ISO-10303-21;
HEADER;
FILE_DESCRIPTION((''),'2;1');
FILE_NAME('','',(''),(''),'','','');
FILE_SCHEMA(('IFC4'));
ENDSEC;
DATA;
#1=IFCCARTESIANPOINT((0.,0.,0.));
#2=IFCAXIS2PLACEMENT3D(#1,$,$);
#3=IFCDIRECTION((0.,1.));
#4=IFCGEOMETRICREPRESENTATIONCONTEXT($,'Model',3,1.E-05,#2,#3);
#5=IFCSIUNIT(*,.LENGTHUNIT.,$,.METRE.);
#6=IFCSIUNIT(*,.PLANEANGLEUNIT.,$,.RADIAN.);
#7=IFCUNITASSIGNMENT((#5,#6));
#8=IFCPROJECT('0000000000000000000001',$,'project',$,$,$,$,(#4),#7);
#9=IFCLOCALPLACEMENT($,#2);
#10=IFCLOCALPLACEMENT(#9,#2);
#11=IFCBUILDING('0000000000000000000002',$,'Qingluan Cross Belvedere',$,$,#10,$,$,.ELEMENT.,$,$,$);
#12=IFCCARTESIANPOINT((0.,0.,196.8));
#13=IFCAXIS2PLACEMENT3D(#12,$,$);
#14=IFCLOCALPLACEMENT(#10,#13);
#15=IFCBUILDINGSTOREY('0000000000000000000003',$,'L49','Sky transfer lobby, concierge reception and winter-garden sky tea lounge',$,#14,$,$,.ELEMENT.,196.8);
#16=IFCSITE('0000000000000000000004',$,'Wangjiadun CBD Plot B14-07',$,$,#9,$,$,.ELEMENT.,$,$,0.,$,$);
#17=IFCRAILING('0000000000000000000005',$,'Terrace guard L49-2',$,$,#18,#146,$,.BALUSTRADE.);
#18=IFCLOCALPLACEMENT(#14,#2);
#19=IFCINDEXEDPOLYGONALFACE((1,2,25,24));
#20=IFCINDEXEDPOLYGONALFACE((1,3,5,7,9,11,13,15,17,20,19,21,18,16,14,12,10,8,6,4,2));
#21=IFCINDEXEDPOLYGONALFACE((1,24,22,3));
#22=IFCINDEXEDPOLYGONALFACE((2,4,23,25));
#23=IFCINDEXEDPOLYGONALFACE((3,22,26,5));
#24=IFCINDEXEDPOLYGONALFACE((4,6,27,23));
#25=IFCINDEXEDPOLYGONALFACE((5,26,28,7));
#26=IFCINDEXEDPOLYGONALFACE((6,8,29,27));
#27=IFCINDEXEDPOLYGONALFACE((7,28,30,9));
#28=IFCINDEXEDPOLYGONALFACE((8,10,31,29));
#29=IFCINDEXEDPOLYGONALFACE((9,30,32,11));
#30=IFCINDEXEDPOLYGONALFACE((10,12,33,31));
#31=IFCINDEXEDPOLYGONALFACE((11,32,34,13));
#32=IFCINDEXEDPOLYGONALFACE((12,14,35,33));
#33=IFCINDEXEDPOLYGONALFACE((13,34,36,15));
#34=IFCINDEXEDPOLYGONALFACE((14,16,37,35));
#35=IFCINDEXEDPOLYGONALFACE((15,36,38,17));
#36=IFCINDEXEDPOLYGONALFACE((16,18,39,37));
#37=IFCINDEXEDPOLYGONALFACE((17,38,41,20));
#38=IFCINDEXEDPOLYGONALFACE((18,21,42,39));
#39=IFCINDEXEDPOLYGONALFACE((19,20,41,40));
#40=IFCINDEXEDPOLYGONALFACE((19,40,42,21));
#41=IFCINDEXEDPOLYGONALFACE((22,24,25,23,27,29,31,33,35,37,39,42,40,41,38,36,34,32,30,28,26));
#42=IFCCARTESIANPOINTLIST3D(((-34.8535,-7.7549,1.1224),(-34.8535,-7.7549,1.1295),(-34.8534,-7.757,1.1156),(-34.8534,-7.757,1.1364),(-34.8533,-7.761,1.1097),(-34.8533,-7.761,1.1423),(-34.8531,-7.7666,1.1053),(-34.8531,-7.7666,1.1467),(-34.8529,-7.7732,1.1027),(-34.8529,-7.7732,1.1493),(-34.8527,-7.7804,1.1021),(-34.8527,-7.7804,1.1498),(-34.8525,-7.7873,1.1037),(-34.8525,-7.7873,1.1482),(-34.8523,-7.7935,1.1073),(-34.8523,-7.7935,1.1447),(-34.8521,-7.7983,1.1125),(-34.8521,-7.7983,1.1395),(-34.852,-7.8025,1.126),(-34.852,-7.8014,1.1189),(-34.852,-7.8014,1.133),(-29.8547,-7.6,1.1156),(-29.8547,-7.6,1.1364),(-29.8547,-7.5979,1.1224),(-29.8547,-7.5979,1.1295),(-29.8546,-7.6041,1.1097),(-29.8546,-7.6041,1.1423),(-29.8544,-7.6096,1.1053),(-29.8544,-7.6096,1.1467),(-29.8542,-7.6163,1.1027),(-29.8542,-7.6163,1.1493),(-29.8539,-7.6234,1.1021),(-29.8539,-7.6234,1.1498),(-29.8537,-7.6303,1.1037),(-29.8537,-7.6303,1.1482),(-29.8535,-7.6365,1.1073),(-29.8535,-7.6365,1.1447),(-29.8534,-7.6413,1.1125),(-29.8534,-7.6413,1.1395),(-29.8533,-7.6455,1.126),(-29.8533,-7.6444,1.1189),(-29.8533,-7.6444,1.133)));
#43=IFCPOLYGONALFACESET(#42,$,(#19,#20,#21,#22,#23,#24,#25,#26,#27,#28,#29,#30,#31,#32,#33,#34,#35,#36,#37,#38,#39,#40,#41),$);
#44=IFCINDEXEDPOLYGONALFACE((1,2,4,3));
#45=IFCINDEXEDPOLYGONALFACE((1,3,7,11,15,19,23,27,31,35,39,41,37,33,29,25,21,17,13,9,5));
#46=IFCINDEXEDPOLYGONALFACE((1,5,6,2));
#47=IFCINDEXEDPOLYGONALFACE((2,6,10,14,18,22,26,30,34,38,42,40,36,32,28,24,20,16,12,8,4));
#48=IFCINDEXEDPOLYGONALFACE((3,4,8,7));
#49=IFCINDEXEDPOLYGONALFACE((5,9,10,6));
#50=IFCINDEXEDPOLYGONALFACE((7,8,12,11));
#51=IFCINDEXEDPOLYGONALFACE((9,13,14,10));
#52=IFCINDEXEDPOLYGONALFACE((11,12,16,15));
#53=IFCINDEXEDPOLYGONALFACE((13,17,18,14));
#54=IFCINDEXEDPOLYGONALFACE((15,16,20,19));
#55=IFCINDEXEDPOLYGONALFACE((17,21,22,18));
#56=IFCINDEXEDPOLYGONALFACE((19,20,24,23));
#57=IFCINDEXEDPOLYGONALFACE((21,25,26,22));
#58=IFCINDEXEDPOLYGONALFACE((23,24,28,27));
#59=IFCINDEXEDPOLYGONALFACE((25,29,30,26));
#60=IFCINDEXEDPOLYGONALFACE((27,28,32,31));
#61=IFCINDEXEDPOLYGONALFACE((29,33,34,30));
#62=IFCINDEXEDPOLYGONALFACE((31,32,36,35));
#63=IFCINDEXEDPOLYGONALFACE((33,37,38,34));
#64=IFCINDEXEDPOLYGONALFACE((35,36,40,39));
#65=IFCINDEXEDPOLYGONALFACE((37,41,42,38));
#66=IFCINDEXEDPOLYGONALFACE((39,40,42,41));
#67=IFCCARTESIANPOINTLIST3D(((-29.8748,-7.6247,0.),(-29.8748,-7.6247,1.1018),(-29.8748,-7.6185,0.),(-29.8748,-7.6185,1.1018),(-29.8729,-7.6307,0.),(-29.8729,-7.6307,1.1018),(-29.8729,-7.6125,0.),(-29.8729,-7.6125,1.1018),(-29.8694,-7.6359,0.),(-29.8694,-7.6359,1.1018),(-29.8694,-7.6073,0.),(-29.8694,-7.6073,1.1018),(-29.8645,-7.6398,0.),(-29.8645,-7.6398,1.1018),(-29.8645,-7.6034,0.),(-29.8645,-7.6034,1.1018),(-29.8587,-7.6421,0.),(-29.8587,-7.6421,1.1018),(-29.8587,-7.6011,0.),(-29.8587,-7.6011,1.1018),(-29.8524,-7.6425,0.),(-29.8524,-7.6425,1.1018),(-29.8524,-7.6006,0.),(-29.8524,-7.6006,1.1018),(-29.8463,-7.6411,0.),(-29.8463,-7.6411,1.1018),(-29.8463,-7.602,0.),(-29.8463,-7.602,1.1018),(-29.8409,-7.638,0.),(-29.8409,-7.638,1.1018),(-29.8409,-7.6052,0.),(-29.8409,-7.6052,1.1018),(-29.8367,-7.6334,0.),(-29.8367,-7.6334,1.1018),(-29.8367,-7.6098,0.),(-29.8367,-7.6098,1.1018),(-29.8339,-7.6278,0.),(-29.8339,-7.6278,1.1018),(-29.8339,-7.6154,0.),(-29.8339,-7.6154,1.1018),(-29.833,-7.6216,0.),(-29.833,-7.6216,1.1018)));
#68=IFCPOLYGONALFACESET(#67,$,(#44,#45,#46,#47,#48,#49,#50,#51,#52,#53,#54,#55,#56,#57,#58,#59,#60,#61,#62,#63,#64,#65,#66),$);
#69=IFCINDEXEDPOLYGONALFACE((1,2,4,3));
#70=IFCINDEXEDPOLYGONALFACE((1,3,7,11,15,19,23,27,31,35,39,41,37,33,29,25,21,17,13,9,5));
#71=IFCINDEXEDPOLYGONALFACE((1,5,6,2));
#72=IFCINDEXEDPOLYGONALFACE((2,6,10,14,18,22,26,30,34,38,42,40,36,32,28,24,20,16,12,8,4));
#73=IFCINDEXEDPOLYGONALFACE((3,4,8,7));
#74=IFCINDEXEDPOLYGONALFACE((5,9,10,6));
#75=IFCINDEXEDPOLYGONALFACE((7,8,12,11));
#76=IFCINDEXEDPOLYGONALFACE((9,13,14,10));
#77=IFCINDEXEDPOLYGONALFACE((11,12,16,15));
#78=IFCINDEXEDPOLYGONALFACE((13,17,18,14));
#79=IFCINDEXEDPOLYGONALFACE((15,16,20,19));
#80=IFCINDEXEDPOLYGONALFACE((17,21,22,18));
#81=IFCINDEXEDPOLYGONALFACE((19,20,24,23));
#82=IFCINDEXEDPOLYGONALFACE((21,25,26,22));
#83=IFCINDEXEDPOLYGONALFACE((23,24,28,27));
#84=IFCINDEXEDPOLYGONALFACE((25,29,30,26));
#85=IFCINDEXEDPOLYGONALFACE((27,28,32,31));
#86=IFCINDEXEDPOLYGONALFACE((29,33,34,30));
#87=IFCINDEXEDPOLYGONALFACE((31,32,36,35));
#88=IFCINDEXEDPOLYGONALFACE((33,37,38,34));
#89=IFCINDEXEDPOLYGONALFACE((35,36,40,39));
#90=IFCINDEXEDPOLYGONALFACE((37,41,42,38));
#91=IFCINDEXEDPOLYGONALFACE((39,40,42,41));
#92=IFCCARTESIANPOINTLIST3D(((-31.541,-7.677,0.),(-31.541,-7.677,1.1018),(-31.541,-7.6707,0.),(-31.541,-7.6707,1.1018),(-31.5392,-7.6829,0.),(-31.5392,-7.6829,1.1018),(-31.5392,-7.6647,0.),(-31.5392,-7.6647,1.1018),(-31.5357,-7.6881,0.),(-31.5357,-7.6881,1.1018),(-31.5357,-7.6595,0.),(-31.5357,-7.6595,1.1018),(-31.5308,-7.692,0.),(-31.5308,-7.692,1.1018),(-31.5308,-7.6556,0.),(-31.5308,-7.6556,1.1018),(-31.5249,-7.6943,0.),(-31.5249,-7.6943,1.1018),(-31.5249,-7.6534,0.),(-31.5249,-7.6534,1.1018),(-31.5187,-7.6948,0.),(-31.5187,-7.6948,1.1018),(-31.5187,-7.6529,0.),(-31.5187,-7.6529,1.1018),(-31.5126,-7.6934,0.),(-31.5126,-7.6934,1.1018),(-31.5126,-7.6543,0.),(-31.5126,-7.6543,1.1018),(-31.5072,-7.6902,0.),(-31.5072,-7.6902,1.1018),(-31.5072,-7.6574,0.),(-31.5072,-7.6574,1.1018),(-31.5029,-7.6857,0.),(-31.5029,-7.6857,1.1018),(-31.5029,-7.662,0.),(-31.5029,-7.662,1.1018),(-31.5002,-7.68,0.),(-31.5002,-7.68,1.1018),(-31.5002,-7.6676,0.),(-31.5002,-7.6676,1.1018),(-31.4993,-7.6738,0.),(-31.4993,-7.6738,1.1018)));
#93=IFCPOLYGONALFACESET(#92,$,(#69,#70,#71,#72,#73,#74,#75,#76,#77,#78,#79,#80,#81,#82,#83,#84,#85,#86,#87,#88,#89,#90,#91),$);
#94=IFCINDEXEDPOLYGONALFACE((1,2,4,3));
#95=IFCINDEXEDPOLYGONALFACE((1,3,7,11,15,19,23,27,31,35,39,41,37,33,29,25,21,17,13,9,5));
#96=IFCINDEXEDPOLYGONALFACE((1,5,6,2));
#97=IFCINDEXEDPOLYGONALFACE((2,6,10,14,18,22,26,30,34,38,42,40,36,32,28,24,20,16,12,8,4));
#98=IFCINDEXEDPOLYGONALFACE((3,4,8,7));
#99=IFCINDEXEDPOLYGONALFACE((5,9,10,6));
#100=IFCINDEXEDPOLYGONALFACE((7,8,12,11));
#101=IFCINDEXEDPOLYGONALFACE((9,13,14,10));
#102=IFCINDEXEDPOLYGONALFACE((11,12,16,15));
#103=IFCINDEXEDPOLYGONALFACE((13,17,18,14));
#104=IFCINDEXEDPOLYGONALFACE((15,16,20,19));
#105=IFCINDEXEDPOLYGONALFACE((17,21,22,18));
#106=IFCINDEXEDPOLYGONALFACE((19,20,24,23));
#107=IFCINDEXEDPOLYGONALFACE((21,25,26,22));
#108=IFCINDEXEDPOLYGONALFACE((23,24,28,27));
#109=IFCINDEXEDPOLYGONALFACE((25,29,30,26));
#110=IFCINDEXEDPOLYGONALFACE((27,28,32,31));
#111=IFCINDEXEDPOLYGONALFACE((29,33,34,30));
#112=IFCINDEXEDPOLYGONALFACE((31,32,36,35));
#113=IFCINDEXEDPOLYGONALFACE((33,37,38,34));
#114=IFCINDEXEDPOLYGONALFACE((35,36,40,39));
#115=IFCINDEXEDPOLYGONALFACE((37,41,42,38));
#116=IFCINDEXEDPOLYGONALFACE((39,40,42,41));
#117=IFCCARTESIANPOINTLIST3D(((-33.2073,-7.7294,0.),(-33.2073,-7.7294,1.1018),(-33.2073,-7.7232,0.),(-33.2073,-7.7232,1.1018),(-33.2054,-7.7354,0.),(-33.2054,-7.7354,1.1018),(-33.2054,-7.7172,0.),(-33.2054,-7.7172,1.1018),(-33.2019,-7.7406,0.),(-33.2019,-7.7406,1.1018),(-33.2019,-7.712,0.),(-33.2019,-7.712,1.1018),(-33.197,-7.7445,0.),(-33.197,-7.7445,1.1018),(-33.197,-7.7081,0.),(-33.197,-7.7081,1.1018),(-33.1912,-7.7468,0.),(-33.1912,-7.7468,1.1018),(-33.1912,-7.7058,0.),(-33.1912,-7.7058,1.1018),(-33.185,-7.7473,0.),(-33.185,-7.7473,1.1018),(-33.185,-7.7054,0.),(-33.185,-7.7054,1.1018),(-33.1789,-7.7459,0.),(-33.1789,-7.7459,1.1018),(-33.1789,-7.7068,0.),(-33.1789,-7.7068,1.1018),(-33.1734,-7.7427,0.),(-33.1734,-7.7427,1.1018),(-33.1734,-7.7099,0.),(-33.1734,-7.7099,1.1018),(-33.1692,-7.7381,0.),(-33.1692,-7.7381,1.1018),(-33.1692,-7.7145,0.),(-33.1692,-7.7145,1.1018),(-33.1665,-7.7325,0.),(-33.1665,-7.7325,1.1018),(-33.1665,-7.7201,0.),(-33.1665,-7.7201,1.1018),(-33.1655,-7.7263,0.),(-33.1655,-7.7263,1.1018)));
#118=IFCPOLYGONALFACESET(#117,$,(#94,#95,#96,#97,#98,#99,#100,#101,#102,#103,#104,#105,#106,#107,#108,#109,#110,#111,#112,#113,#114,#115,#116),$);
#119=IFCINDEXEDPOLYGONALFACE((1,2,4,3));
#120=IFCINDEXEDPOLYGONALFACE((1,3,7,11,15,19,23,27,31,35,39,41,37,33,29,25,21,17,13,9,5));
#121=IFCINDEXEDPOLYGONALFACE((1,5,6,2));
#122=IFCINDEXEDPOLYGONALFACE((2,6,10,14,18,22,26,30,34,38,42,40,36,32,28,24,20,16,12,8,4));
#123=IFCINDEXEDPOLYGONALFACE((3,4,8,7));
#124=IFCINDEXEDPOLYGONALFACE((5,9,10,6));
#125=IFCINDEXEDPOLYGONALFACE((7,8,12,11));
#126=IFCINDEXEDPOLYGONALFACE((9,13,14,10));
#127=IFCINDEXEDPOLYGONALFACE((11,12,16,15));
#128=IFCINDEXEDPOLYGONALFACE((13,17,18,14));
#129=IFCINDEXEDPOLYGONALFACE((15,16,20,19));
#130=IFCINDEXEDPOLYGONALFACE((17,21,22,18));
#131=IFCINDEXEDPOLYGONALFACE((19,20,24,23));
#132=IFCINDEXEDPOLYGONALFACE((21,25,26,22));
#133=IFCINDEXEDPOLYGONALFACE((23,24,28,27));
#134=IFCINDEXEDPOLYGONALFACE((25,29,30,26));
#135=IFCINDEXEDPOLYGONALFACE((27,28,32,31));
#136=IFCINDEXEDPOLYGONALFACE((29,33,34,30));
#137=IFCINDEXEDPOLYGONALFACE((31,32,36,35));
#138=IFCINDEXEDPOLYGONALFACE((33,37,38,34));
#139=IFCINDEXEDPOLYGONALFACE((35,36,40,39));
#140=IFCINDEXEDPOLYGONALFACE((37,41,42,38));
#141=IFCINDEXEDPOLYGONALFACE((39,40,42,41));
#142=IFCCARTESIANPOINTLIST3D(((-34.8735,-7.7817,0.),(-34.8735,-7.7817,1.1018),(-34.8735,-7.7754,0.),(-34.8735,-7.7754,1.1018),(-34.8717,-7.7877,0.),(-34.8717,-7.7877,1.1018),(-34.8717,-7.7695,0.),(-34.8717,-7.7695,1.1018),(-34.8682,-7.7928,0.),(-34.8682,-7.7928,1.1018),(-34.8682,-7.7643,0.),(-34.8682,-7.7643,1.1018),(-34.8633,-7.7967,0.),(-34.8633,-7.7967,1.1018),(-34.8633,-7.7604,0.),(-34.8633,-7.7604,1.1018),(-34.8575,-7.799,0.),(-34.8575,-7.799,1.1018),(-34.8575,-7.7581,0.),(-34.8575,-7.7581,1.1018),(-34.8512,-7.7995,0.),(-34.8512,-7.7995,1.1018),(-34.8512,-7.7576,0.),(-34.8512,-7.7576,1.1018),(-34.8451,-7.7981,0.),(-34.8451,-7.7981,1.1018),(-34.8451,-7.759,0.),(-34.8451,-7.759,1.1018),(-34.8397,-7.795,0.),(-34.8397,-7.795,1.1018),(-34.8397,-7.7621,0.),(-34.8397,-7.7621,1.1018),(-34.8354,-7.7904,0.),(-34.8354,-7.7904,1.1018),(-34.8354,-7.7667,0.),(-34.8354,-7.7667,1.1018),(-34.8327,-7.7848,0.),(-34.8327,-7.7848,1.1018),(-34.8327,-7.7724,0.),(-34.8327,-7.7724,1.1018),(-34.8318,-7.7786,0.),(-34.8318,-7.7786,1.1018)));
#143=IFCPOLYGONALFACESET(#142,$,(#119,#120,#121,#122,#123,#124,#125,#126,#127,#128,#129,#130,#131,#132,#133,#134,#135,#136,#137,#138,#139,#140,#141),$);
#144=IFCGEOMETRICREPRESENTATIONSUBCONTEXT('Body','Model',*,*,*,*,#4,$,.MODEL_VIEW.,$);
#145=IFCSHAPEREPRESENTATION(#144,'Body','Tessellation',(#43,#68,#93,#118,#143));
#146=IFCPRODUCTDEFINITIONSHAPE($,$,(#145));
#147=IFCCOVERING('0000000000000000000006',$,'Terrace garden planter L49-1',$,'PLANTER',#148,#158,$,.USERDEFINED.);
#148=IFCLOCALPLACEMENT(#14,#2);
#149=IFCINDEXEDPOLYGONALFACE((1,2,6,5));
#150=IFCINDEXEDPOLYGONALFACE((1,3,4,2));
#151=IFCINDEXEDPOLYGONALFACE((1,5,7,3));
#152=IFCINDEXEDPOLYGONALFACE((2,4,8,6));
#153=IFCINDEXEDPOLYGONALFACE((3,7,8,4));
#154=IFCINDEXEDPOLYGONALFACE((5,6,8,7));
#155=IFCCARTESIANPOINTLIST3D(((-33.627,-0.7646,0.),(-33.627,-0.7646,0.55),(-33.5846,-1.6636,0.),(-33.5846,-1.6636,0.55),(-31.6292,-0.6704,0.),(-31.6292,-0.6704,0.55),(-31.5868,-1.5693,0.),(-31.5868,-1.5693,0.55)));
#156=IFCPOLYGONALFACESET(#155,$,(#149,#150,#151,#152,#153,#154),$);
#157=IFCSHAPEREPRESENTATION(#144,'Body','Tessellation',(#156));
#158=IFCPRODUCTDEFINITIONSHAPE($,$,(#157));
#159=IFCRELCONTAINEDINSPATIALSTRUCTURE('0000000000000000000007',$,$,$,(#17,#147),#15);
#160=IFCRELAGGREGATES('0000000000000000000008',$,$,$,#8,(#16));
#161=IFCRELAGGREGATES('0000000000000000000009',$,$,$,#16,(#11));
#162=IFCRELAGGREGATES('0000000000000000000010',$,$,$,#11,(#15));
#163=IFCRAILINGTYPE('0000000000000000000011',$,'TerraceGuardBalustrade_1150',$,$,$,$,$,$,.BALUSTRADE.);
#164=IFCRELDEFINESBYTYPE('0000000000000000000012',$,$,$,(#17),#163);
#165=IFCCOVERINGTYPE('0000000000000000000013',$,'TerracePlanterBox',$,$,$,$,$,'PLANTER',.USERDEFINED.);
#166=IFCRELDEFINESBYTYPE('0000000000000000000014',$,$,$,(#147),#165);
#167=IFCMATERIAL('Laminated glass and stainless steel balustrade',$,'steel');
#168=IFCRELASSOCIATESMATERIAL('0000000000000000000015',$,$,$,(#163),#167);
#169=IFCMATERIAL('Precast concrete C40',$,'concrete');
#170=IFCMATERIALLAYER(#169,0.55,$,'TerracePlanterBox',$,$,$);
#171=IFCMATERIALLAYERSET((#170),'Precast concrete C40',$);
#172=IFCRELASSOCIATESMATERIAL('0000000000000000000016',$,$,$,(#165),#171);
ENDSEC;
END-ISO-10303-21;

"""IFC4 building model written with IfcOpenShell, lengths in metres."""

from ifc_helpers import new_model, si_unit, direction, frame, origin, origin_2d, place, context, subcontext, project, spatial, rectangle, circle, extrude, material, layer, layer_set, type_object, element, save


model = new_model("IFC4")

# Units and contexts
model_context = context("Model", 3, precision=1e-05, world=origin(), true_north=direction((0.0, 1.0)))
body_context = subcontext(model_context, "Body", "Model", "MODEL_VIEW")
ifc_project = project(units=[si_unit("LENGTHUNIT", "METRE"), si_unit("PLANEANGLEUNIT", "RADIAN")], contexts=[model_context])

# Site, building, storey
site_placement = place(None, origin())
site = spatial("IfcSite", under=ifc_project, at=site_placement, Name="Wangjiadun CBD Plot B14-07", CompositionType="ELEMENT", RefElevation=0.0)
building_placement = place(site_placement, origin())
building = spatial("IfcBuilding", under=site, at=building_placement, Name="Qingluan Cross Belvedere", CompositionType="ELEMENT")
storey_placement = place(building_placement, frame((0.0, 0.0, 196.8)))
storey = spatial("IfcBuildingStorey", under=building, at=storey_placement, Name="L49", Description="Sky transfer lobby, concierge reception and winter-garden sky tea lounge", CompositionType="ELEMENT", Elevation=196.8)

# Railing
ifc_material_1 = material(Name="Laminated glass and stainless steel balustrade", Category="steel")
railing_type = type_object("IfcRailingType", Name="TerraceGuardBalustrade_1150", PredefinedType="BALUSTRADE", material=ifc_material_1)
railing_1_placement = place(storey_placement, frame((-29.854, -7.6216, 0.0)))
element("IfcRailing", 1, at=railing_1_placement, inside=storey, type_object=railing_type, Name="Terrace guard L49-2", PredefinedType="BALUSTRADE", context=body_context, shape_type="SweptSolid", body=[
    extrude(circle(Radius=0.0239, at=origin_2d()), frame((0.0, 0.0, 1.126), z_axis=(-0.999507, -0.031389, 0.0), x_axis=(0.031389, -0.999507, 0.0)), (0.0, 0.0, 1.0), 5.0012),
    extrude(circle(Radius=0.021, at=origin_2d()), origin(), (0.0, 0.0, 1.0), 1.1018),
    extrude(circle(Radius=0.021, at=origin_2d()), frame((-1.6663, -0.0522, 0.0)), (0.0, 0.0, 1.0), 1.1018),
    extrude(circle(Radius=0.021, at=origin_2d()), frame((-3.3325, -0.1047, 0.0)), (0.0, 0.0, 1.0), 1.1018),
    extrude(circle(Radius=0.021, at=origin_2d()), frame((-4.9988, -0.157, 0.0)), (0.0, 0.0, 1.0), 1.1018),
])

# Covering
ifc_material_2 = material(Name="Precast concrete C40", Category="concrete")
ifc_layer_1 = layer(ifc_material_2, 0.55, Name="TerracePlanterBox")
ifc_layer_set_1 = layer_set([ifc_layer_1], Name="Precast concrete C40")
covering_type = type_object("IfcCoveringType", Name="TerracePlanterBox", ElementType="PLANTER", PredefinedType="USERDEFINED", material=ifc_layer_set_1)
covering_placement = place(storey_placement, frame((-32.6069, -1.167, 0.0), z_axis=(0.0, 0.0, 1.0), x_axis=(0.99889, 0.047106, 0.0)))
element("IfcCovering", 2, at=covering_placement, inside=storey, type_object=covering_type, Name="Terrace garden planter L49-1", ObjectType="PLANTER", PredefinedType="USERDEFINED", context=body_context, shape_type="SweptSolid", body=[
    extrude(rectangle(XDim=2.0, YDim=0.8999, at=origin_2d()), origin(), (0.0, 0.0, 1.0), 0.55),
])

save(model, "model.ifc")
